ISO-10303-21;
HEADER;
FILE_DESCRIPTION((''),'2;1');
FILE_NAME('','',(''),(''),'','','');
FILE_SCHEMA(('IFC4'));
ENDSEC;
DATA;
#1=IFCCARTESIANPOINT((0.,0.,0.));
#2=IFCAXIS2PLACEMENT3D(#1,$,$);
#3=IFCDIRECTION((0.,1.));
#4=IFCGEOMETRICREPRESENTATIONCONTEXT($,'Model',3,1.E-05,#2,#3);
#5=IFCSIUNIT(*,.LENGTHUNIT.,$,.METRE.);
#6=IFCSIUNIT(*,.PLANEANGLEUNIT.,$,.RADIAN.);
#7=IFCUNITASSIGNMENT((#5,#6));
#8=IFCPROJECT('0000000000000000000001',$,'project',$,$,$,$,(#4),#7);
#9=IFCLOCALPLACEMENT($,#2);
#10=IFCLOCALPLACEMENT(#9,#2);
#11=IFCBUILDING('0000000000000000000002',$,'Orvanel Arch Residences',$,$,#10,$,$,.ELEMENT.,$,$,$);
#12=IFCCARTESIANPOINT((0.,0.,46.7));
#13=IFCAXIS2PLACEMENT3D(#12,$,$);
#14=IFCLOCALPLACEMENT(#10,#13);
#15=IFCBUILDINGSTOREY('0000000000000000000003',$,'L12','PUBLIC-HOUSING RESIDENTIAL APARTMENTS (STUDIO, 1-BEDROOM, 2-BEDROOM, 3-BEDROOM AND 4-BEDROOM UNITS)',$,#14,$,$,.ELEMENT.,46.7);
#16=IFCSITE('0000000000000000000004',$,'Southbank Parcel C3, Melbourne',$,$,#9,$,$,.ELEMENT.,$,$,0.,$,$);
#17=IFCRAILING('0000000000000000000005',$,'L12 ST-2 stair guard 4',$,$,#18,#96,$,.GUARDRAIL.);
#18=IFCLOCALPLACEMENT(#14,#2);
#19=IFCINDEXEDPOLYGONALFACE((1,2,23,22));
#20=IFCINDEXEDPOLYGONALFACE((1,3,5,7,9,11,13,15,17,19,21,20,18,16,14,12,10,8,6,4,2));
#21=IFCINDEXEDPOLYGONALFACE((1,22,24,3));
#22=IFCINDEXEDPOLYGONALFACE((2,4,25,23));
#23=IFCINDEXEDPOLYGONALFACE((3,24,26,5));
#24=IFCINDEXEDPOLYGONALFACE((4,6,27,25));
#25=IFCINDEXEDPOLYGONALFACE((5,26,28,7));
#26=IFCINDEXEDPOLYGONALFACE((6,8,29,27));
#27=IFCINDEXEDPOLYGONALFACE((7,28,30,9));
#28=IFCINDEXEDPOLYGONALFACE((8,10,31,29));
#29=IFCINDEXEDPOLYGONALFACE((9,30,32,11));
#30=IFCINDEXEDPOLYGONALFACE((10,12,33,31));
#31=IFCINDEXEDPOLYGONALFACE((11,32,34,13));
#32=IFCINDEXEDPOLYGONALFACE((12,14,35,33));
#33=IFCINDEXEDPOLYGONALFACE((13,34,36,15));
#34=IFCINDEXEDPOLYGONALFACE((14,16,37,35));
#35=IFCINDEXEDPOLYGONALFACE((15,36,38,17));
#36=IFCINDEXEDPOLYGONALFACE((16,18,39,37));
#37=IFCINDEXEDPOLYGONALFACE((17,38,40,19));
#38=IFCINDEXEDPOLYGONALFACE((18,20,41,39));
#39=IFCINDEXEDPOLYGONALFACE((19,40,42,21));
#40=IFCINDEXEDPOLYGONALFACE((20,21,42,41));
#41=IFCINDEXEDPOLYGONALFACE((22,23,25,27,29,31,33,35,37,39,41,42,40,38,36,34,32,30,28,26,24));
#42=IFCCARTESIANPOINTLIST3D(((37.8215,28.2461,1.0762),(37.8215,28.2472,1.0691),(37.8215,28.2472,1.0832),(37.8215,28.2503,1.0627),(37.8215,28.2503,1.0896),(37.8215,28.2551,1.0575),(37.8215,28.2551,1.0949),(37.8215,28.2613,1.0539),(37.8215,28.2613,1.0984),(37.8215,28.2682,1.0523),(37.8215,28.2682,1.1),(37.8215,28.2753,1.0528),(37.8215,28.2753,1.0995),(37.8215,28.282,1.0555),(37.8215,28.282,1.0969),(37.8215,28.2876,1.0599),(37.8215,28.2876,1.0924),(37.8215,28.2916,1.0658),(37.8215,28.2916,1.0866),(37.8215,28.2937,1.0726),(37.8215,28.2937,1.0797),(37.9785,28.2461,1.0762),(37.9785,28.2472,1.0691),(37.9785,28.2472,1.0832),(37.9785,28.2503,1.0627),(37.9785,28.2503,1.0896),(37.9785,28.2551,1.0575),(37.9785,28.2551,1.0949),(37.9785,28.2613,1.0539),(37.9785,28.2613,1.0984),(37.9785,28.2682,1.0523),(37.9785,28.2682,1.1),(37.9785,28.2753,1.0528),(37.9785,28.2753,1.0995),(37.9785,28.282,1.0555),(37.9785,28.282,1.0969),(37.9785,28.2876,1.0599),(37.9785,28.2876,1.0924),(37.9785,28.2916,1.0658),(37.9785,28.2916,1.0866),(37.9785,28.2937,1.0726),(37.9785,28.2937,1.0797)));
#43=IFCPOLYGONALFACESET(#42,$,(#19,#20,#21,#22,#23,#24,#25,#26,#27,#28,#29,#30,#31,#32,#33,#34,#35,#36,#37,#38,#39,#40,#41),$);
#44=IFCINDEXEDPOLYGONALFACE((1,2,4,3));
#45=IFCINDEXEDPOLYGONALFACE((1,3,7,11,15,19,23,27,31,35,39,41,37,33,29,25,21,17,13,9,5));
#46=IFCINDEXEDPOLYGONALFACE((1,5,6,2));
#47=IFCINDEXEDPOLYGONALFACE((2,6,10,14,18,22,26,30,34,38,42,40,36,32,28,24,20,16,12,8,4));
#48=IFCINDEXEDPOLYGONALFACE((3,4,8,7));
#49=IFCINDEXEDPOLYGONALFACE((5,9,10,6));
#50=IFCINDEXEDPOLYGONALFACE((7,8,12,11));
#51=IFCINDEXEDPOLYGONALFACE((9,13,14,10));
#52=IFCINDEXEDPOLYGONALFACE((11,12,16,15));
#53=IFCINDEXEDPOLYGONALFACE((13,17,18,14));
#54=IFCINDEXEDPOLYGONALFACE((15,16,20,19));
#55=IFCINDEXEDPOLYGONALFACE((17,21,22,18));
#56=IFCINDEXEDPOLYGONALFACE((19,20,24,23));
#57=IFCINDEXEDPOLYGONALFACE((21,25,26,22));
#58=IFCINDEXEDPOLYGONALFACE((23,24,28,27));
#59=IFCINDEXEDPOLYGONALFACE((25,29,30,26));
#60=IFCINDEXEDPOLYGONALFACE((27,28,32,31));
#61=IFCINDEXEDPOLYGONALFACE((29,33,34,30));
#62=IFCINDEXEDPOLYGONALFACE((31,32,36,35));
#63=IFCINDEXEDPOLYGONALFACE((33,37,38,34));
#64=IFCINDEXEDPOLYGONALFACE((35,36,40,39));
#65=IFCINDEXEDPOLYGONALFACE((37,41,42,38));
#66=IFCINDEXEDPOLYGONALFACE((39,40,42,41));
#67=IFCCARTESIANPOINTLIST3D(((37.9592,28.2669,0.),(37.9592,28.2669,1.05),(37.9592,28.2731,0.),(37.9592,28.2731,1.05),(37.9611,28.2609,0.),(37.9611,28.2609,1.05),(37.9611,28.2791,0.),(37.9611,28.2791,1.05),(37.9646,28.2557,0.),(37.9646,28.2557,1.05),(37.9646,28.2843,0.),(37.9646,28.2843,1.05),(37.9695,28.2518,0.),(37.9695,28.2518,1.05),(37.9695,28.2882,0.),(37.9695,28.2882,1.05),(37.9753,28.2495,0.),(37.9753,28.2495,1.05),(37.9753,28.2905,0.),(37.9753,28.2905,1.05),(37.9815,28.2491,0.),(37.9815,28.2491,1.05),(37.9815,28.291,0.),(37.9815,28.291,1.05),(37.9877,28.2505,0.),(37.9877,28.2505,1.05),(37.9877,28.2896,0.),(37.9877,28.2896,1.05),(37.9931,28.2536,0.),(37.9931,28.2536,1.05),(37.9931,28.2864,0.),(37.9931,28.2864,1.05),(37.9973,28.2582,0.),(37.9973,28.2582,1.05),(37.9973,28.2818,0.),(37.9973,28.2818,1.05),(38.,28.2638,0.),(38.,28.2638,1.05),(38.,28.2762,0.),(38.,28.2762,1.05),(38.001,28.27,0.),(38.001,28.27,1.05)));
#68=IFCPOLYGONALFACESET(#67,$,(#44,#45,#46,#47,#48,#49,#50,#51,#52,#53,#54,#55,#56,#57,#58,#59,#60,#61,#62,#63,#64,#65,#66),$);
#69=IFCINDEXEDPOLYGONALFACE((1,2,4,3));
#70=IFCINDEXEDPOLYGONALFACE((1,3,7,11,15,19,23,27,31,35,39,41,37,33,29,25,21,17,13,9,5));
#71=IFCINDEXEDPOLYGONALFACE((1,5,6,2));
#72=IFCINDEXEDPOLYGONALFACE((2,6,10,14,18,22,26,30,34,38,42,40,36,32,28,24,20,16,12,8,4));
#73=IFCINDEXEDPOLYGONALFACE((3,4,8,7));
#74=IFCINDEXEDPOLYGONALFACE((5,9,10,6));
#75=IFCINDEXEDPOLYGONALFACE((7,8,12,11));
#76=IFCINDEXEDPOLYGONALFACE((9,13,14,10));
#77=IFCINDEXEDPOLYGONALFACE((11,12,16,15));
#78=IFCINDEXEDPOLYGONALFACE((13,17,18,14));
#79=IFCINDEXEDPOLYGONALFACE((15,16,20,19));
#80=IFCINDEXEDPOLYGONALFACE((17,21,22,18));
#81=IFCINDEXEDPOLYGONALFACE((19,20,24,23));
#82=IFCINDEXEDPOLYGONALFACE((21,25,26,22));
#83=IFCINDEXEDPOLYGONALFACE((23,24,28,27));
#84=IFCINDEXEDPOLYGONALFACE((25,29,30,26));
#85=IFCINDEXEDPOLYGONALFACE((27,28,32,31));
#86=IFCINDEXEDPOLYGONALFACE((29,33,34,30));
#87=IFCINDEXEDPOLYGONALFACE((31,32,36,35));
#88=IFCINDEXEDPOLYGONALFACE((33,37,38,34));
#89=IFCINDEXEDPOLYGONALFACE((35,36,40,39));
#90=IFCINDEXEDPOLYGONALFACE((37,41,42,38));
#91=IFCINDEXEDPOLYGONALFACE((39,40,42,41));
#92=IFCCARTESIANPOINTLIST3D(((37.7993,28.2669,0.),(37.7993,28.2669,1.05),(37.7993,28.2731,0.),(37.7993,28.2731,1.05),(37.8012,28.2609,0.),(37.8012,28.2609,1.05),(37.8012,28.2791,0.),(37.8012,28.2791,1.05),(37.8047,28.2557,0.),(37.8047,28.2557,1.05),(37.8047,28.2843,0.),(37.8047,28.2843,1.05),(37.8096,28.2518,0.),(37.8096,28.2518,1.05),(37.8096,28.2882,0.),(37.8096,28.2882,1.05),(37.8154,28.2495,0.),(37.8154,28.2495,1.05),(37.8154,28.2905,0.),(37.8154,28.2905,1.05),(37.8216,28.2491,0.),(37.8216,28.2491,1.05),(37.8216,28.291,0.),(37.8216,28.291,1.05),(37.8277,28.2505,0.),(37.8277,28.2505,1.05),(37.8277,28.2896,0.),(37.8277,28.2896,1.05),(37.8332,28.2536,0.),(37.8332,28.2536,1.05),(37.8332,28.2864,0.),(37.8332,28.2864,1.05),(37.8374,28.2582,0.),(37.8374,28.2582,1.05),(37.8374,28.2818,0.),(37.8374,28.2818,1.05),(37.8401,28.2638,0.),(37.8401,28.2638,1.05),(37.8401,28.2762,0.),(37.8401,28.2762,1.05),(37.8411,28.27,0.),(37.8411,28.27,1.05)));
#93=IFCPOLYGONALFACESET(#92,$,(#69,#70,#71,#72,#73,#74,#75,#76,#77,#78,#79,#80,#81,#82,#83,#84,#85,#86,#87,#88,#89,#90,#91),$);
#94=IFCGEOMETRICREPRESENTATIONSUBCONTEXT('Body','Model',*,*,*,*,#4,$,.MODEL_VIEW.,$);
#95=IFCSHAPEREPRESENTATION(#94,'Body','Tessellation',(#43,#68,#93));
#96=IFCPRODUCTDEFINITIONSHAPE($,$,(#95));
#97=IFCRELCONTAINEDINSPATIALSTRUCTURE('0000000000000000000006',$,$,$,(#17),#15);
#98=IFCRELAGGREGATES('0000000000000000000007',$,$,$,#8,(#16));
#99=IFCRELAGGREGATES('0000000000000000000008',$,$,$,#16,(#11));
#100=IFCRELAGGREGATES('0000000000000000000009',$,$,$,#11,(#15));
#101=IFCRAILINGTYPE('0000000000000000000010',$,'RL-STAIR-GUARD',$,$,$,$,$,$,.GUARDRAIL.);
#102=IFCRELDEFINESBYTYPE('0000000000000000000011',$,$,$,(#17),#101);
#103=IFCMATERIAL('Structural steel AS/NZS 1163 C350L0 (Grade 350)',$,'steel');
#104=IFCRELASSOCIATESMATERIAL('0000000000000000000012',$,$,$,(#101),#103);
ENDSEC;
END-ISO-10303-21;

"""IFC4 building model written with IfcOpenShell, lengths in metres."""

from ifc_helpers import new_model, si_unit, direction, frame, origin, origin_2d, place, context, subcontext, project, spatial, circle, extrude, material, type_object, element, save


model = new_model("IFC4")

# Units and contexts
model_context = context("Model", 3, precision=1e-05, world=origin(), true_north=direction((0.0, 1.0)))
body_context = subcontext(model_context, "Body", "Model", "MODEL_VIEW")
ifc_project = project(units=[si_unit("LENGTHUNIT", "METRE"), si_unit("PLANEANGLEUNIT", "RADIAN")], contexts=[model_context])

# Site, building, storey
site_placement = place(None, origin())
site = spatial("IfcSite", under=ifc_project, at=site_placement, Name="Southbank Parcel C3, Melbourne", CompositionType="ELEMENT", RefElevation=0.0)
building_placement = place(site_placement, origin())
building = spatial("IfcBuilding", under=site, at=building_placement, Name="Orvanel Arch Residences", CompositionType="ELEMENT")
storey_placement = place(building_placement, frame((0.0, 0.0, 46.7)))
storey = spatial("IfcBuildingStorey", under=building, at=storey_placement, Name="L12", Description="PUBLIC-HOUSING RESIDENTIAL APARTMENTS (STUDIO, 1-BEDROOM, 2-BEDROOM, 3-BEDROOM AND 4-BEDROOM UNITS)", CompositionType="ELEMENT", Elevation=46.7)

# Railing
ifc_material_1 = material(Name="Structural steel AS/NZS 1163 C350L0 (Grade 350)", Category="steel")
railing_type_1 = type_object("IfcRailingType", Name="RL-STAIR-GUARD", PredefinedType="GUARDRAIL", material=ifc_material_1)
railing_1_placement = place(storey_placement, frame((37.98, 28.27, 0.0)))
element("IfcRailing", 1, at=railing_1_placement, inside=storey, type_object=railing_type_1, Name="L12 ST-2 stair guard 4", PredefinedType="GUARDRAIL", context=body_context, shape_type="SweptSolid", body=[
    extrude(circle(Radius=0.0239, at=origin_2d()), frame((-0.0015, 0.0, 1.0762), z_axis=(-1.0, 0.0, 0.0), x_axis=(0.0, -1.0, 0.0)), (0.0, 0.0, 1.0), 0.157),
    extrude(circle(Radius=0.021, at=origin_2d()), origin(), (0.0, 0.0, 1.0), 1.05),
    extrude(circle(Radius=0.021, at=origin_2d()), frame((-0.1599, 0.0, 0.0)), (0.0, 0.0, 1.0), 1.05),
])

save(model, "model.ifc")
